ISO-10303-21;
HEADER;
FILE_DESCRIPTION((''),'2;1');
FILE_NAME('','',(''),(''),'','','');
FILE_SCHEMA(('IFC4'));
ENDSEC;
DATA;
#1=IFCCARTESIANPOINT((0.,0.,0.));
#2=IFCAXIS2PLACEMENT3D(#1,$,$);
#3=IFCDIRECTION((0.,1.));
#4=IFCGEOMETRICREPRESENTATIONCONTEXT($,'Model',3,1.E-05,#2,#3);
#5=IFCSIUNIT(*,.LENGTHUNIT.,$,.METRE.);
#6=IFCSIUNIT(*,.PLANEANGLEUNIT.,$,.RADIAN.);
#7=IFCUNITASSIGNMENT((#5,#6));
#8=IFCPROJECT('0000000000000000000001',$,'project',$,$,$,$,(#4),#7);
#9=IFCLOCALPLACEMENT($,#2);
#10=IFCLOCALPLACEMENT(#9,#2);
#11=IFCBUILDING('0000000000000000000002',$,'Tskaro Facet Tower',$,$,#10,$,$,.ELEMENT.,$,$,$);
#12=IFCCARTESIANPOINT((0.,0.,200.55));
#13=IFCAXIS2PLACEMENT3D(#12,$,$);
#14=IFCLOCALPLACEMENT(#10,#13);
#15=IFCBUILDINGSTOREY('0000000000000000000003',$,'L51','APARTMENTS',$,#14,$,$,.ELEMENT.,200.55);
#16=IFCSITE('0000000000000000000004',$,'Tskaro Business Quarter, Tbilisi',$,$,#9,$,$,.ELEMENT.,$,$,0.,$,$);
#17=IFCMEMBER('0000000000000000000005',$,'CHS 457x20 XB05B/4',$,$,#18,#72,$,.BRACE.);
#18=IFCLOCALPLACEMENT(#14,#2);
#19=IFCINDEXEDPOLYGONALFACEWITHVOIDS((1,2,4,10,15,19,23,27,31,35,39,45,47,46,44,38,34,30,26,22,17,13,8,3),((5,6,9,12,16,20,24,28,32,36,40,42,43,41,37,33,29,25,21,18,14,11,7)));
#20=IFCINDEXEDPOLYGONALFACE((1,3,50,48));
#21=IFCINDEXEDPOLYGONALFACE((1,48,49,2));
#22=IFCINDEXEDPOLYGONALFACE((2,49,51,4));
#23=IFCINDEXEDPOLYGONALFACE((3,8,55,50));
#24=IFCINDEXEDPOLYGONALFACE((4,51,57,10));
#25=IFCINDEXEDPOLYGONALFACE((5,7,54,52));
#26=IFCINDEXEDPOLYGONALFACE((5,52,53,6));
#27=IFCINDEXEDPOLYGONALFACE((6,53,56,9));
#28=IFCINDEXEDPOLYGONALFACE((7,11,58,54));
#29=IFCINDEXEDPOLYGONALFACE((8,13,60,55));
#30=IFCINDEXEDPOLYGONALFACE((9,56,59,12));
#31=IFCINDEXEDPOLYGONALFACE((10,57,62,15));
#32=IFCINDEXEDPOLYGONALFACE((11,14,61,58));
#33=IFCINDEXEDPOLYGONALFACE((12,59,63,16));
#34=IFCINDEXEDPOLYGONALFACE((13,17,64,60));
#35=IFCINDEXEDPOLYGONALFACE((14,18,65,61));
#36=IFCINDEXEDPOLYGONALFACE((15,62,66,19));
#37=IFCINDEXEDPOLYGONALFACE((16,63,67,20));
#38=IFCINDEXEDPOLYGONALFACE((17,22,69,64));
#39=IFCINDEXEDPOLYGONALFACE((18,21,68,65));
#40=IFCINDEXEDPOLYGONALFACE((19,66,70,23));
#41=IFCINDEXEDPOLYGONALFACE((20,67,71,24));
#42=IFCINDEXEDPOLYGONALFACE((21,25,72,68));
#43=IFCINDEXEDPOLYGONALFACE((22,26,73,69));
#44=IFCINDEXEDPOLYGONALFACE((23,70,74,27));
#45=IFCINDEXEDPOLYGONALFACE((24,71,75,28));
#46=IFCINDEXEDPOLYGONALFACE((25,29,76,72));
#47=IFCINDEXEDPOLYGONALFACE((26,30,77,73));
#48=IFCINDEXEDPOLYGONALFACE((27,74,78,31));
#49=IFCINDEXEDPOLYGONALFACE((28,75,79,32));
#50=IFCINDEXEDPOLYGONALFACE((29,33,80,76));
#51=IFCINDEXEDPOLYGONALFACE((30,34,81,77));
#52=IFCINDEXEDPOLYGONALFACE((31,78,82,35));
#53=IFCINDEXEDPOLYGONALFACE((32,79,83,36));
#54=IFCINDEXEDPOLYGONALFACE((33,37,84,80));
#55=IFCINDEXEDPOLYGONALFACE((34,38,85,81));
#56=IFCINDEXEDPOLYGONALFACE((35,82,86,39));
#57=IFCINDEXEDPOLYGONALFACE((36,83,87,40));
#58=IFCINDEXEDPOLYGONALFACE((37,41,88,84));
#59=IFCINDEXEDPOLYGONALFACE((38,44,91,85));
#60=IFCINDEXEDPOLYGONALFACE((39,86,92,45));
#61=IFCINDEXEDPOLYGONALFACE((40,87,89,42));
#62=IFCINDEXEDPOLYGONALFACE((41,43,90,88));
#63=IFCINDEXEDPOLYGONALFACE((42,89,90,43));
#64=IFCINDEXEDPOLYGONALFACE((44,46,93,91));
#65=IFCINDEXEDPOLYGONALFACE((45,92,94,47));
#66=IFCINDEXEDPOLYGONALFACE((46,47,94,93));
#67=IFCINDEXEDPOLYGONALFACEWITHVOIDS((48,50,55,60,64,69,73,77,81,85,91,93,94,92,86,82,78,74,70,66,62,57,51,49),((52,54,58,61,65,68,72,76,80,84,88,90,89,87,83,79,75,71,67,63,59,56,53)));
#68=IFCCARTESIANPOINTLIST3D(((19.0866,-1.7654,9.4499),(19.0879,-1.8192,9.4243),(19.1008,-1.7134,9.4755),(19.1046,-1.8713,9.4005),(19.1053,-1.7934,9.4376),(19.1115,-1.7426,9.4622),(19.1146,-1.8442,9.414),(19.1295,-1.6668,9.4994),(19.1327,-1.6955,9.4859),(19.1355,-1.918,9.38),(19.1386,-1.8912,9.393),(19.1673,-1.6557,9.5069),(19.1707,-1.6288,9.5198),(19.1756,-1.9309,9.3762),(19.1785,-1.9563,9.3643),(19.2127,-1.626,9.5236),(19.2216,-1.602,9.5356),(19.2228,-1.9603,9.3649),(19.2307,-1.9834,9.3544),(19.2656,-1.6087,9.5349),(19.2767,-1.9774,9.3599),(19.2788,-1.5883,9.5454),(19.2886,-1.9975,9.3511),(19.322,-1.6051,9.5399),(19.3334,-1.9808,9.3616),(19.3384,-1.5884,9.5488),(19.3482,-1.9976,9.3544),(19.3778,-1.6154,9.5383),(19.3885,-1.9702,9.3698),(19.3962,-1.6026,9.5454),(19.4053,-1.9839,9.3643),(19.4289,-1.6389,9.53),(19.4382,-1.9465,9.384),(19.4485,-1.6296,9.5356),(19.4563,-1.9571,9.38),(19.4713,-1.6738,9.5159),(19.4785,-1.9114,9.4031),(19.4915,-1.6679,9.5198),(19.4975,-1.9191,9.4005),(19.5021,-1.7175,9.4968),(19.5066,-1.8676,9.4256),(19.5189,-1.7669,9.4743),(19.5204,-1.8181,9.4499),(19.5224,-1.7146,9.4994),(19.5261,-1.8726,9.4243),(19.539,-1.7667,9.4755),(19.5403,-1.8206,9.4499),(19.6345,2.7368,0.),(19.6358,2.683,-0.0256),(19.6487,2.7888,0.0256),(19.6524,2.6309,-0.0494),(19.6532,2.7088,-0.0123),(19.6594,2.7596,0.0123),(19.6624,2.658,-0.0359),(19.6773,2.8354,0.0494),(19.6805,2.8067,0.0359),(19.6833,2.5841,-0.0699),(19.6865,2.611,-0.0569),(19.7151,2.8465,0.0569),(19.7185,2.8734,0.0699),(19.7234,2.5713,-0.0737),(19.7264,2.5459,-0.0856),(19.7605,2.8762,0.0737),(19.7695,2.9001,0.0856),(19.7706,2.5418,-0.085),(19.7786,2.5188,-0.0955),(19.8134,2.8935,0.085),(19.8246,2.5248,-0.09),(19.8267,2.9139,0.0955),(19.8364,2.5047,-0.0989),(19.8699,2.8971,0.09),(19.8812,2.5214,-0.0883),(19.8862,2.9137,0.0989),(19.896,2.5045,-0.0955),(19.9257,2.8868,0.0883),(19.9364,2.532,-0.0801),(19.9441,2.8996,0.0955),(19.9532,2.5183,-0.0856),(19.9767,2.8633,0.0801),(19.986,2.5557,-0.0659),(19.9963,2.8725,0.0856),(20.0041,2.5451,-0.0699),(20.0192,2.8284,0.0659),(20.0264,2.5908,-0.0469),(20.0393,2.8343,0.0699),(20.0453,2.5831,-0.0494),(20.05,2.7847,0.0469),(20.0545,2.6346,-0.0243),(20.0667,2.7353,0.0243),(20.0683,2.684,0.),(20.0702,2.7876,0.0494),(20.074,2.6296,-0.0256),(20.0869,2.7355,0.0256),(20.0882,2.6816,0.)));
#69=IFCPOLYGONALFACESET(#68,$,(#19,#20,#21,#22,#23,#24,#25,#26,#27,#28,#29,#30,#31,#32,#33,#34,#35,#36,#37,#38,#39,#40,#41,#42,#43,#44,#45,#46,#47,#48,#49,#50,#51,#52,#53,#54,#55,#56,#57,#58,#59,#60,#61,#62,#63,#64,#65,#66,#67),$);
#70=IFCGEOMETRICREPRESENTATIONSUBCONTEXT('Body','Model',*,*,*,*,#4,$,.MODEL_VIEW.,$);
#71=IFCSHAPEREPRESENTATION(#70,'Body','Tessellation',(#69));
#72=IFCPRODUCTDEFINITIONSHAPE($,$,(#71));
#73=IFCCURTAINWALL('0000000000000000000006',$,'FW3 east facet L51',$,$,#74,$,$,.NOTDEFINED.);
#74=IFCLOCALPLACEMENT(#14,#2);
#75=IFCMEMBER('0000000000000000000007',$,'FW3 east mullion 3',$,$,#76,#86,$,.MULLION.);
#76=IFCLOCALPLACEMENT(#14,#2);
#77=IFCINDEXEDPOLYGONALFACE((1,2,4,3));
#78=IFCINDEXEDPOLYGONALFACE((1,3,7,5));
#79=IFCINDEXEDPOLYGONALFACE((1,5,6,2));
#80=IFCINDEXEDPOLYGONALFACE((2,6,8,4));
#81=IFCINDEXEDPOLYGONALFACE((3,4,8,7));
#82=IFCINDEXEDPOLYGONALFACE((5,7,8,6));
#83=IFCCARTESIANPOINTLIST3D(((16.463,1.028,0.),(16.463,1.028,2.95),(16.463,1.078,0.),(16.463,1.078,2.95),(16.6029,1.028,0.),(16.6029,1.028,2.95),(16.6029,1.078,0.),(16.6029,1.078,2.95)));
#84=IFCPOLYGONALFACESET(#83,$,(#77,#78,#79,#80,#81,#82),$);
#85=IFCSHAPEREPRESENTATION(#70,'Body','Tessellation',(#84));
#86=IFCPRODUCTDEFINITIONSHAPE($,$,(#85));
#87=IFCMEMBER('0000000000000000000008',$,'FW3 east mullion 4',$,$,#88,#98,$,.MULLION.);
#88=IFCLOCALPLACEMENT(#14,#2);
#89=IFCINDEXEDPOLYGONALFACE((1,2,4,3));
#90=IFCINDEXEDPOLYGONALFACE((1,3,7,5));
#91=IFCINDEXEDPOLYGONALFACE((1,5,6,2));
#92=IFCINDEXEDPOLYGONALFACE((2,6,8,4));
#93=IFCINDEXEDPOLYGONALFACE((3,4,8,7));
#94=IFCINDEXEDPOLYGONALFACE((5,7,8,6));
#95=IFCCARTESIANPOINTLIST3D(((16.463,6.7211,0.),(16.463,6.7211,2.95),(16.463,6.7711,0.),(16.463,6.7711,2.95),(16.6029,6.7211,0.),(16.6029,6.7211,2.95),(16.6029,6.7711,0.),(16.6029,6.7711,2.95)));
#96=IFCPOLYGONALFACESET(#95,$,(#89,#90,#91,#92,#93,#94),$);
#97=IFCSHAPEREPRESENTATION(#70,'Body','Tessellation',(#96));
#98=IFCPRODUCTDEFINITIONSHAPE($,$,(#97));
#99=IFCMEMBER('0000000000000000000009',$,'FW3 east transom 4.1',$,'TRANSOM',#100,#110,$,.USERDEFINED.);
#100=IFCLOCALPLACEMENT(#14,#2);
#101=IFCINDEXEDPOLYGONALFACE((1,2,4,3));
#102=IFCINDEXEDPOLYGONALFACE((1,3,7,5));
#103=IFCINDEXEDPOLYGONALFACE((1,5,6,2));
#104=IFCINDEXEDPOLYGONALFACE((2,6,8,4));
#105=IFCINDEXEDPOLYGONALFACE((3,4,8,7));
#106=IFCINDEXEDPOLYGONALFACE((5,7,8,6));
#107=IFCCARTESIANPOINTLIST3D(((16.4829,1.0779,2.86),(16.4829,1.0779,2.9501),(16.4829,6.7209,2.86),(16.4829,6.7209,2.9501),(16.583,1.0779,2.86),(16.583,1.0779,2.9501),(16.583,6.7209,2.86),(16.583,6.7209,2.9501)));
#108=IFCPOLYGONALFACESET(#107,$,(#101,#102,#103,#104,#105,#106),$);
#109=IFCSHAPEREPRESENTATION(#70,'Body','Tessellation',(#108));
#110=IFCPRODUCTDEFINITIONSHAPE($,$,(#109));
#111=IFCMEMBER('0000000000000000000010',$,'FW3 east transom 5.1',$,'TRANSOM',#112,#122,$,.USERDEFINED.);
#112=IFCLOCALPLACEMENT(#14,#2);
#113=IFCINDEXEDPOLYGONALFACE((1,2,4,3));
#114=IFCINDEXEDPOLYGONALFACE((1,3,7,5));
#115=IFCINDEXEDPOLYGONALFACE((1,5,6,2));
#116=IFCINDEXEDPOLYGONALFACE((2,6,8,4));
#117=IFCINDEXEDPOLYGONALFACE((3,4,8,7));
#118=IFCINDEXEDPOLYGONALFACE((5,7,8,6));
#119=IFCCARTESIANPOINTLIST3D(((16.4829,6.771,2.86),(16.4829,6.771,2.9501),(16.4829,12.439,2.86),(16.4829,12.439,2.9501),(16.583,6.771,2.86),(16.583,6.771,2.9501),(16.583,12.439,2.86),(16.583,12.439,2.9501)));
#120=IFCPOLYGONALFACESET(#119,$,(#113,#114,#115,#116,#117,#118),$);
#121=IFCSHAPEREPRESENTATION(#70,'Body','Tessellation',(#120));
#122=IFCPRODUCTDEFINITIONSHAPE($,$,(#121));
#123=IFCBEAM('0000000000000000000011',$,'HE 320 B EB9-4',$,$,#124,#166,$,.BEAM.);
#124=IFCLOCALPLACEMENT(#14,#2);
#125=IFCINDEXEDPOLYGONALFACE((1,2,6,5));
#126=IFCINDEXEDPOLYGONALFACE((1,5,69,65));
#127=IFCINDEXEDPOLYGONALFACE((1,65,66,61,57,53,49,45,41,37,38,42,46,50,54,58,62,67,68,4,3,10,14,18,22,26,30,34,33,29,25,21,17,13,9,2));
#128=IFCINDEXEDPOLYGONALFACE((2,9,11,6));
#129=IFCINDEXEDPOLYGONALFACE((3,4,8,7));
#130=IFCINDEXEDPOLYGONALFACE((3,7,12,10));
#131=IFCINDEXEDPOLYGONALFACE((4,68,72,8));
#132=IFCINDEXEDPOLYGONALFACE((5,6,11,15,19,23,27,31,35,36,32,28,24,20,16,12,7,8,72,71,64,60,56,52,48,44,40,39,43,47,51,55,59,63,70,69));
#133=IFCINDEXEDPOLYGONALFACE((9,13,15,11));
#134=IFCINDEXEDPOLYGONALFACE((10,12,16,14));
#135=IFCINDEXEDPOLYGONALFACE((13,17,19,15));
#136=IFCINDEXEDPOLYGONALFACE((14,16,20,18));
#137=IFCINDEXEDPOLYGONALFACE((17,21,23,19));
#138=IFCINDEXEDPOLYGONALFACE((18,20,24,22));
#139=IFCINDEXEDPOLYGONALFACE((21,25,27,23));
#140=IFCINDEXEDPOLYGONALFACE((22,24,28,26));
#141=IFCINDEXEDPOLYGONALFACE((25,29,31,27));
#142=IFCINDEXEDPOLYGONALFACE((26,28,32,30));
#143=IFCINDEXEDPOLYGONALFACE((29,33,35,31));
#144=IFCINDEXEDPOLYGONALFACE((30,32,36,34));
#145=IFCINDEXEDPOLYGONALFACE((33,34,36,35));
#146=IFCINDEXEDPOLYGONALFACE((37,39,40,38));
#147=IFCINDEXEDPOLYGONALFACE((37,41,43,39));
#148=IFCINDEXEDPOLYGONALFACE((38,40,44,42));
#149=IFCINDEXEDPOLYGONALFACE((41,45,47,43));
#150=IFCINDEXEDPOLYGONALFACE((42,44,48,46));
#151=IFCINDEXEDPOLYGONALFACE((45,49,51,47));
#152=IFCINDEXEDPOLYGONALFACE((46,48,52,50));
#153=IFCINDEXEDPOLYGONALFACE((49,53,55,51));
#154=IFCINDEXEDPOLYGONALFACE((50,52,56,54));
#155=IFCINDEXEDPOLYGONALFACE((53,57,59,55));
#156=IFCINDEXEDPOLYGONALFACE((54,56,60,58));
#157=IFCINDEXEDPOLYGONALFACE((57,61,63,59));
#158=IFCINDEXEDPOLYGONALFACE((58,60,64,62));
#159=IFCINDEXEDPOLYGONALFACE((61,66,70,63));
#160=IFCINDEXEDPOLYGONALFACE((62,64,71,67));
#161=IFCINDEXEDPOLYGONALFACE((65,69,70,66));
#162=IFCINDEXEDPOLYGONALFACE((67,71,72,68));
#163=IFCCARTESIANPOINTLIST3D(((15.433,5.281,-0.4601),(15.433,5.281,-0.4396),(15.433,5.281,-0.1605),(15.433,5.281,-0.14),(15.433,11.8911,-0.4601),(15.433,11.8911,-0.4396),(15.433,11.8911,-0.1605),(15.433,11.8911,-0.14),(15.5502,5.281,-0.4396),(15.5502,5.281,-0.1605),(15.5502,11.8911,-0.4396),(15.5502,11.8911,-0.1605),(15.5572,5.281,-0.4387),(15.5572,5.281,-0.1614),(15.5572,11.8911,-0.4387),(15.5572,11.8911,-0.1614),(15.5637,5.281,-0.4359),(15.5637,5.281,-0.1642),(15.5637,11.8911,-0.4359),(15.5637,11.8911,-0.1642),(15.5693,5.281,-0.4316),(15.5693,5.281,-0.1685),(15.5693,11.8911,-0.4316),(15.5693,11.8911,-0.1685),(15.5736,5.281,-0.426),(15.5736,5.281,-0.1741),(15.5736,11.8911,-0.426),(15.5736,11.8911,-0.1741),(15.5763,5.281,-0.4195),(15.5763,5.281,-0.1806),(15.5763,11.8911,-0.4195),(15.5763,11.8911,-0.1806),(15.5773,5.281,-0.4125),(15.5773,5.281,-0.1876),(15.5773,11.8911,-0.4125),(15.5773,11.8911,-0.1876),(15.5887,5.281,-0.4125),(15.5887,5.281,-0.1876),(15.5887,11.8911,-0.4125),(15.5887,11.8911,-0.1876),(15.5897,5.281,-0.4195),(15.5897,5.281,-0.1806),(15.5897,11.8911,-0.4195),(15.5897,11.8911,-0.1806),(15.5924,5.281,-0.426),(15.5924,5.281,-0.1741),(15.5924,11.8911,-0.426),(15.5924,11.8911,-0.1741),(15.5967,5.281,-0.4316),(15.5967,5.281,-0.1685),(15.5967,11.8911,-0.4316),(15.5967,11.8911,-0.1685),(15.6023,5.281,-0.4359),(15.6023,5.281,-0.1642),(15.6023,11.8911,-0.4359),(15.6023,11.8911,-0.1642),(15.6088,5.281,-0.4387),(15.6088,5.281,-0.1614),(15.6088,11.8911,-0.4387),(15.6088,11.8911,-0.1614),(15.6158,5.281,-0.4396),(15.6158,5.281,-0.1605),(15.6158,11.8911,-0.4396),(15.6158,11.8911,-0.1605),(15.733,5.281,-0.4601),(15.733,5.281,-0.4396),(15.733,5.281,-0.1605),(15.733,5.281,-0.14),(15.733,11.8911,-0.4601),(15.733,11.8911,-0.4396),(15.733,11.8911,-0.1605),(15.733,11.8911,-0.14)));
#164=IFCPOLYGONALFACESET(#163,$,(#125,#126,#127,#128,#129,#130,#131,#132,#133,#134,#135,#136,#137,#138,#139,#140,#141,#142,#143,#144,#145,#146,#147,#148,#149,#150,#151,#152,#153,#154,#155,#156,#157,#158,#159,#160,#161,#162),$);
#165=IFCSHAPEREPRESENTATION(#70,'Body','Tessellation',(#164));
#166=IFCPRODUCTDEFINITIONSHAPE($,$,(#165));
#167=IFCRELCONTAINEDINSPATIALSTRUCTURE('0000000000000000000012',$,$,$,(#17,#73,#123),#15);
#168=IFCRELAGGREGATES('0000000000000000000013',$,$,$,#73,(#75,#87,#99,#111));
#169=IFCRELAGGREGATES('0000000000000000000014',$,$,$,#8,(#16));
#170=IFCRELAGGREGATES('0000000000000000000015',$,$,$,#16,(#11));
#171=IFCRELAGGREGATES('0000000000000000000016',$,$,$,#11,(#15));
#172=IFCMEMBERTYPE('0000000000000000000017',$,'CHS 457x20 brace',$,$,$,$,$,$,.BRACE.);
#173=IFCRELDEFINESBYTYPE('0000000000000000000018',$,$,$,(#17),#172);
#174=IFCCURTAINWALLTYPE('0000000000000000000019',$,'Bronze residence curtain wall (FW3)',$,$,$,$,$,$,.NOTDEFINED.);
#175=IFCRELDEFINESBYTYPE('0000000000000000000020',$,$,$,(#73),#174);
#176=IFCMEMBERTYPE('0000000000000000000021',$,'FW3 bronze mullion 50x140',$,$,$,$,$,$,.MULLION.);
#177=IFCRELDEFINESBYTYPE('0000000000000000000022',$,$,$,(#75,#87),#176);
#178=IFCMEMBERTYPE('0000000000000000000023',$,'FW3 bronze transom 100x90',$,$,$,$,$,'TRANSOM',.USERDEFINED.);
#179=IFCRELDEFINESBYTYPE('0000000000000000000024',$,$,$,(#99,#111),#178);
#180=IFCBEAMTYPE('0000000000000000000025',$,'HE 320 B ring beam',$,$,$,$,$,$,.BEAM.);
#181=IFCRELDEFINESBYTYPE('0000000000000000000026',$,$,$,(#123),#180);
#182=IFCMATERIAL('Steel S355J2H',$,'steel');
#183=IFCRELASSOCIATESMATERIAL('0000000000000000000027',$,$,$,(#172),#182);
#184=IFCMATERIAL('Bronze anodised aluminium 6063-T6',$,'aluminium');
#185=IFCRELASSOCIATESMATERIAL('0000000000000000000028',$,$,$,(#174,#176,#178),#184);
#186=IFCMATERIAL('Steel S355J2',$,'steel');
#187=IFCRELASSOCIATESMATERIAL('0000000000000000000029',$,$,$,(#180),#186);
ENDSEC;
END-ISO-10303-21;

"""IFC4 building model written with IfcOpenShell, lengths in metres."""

from ifc_helpers import new_model, si_unit, direction, frame, origin, origin_2d, place, context, subcontext, project, spatial, rectangle, hollow_circle, i_section, extrude, material, material_profile, profile_set, type_object, element, aggregate, save


model = new_model("IFC4")

# Units and contexts
model_context = context("Model", 3, precision=1e-05, world=origin(), true_north=direction((0.0, 1.0)))
body_context = subcontext(model_context, "Body", "Model", "MODEL_VIEW")
ifc_project = project(units=[si_unit("LENGTHUNIT", "METRE"), si_unit("PLANEANGLEUNIT", "RADIAN")], contexts=[model_context])

# Site, building, storey
site_placement = place(None, origin())
site = spatial("IfcSite", under=ifc_project, at=site_placement, Name="Tskaro Business Quarter, Tbilisi", CompositionType="ELEMENT", RefElevation=0.0)
building_placement = place(site_placement, origin())
building = spatial("IfcBuilding", under=site, at=building_placement, Name="Tskaro Facet Tower", CompositionType="ELEMENT")
storey_placement = place(building_placement, frame((0.0, 0.0, 200.55)))
storey = spatial("IfcBuildingStorey", under=building, at=storey_placement, Name="L51", Description="APARTMENTS", CompositionType="ELEMENT", Elevation=200.55)

# Shared definitions
ifc_material_1 = material(Name="Steel S355J2H", Category="steel")

# Member
ifc_material_profile_1 = material_profile(ifc_material_1, hollow_circle(Radius=0.2285, WallThickness=0.02, at=origin_2d()), Name="CHS 457x20")
ifc_profile_set_1 = profile_set([ifc_material_profile_1], Name="Steel S355J2H")
member_type_1 = type_object("IfcMemberType", Name="CHS 457x20 brace", PredefinedType="BRACE", material=ifc_profile_set_1)
member_1_placement = place(storey_placement, frame((19.8613, 2.7092, 0.0), z_axis=(-0.052266, -0.429519, 0.901544), x_axis=(0.992678, -0.120794, 0.0)))
element("IfcMember", 1, at=member_1_placement, inside=storey, type_object=member_type_1, Name="CHS 457x20 XB05B/4", PredefinedType="BRACE", context=body_context, shape_type="SweptSolid", body=[
    extrude(hollow_circle(Radius=0.2285, WallThickness=0.02, at=origin_2d()), origin(), (0.0, 0.0, 1.0), 10.4819),
])

# Curtain wall, members
ifc_material_2 = material(Name="Bronze anodised aluminium 6063-T6", Category="aluminium")
curtain_wall_type = type_object("IfcCurtainWallType", Name="Bronze residence curtain wall (FW3)", PredefinedType="NOTDEFINED", material=ifc_material_2)
curtain_wall_placement = place(storey_placement, origin())
curtain_wall = element("IfcCurtainWall", 2, at=curtain_wall_placement, inside=storey, type_object=curtain_wall_type, Name="FW3 east facet L51", PredefinedType="NOTDEFINED")
ifc_material_profile_2 = material_profile(ifc_material_2, rectangle(XDim=0.05, YDim=0.1399, at=origin_2d()), Name="Mullion 50x140")
ifc_profile_set_2 = profile_set([ifc_material_profile_2], Name="Bronze anodised aluminium 6063-T6")
member_type_2 = type_object("IfcMemberType", Name="FW3 bronze mullion 50x140", PredefinedType="MULLION", material=ifc_profile_set_2)
member_2_placement = place(storey_placement, frame((16.533, 1.053, 0.0), z_axis=(0.0, 0.0, 1.0), x_axis=(0.0, 1.0, 0.0)))
member_2 = element("IfcMember", 3, at=member_2_placement, type_object=member_type_2, Name="FW3 east mullion 3", PredefinedType="MULLION", context=body_context, shape_type="SweptSolid", body=[
    extrude(rectangle(XDim=0.05, YDim=0.1399, at=origin_2d()), origin(), (0.0, 0.0, 1.0), 2.95),
])
member_3_placement = place(storey_placement, frame((16.533, 6.7461, 0.0), z_axis=(0.0, 0.0, 1.0), x_axis=(0.0, 1.0, 0.0)))
member_3 = element("IfcMember", 4, at=member_3_placement, type_object=member_type_2, Name="FW3 east mullion 4", PredefinedType="MULLION", context=body_context, shape_type="SweptSolid", body=[
    extrude(rectangle(XDim=0.05, YDim=0.1399, at=origin_2d()), origin(), (0.0, 0.0, 1.0), 2.95),
])
ifc_material_profile_3 = material_profile(ifc_material_2, rectangle(XDim=0.1001, YDim=0.0901, at=origin_2d()), Name="Transom 100x90")
ifc_profile_set_3 = profile_set([ifc_material_profile_3], Name="Bronze anodised aluminium 6063-T6")
member_type_3 = type_object("IfcMemberType", Name="FW3 bronze transom 100x90", ElementType="TRANSOM", PredefinedType="USERDEFINED", material=ifc_profile_set_3)
member_4_placement = place(storey_placement, frame((16.533, 1.0779, 2.905), z_axis=(0.0, 1.0, 0.0), x_axis=(-1.0, 0.0, 0.0)))
member_4 = element("IfcMember", 5, at=member_4_placement, type_object=member_type_3, Name="FW3 east transom 4.1", ObjectType="TRANSOM", PredefinedType="USERDEFINED", context=body_context, shape_type="SweptSolid", body=[
    extrude(rectangle(XDim=0.1001, YDim=0.0901, at=origin_2d()), origin(), (0.0, 0.0, 1.0), 5.6431),
])
member_5_placement = place(storey_placement, frame((16.533, 6.771, 2.905), z_axis=(0.0, 1.0, 0.0), x_axis=(-1.0, 0.0, 0.0)))
member_5 = element("IfcMember", 6, at=member_5_placement, type_object=member_type_3, Name="FW3 east transom 5.1", ObjectType="TRANSOM", PredefinedType="USERDEFINED", context=body_context, shape_type="SweptSolid", body=[
    extrude(rectangle(XDim=0.1001, YDim=0.0901, at=origin_2d()), origin(), (0.0, 0.0, 1.0), 5.668),
])

# Beam
ifc_material_3 = material(Name="Steel S355J2", Category="steel")
ifc_material_profile_4 = material_profile(ifc_material_3, i_section(OverallWidth=0.3, OverallDepth=0.3201, WebThickness=0.0115, FlangeThickness=0.0205, FilletRadius=0.0271, at=origin_2d()), Name="HE 320 B")
ifc_profile_set_4 = profile_set([ifc_material_profile_4], Name="Steel S355J2")
beam_type_1 = type_object("IfcBeamType", Name="HE 320 B ring beam", PredefinedType="BEAM", material=ifc_profile_set_4)
beam_1_placement = place(storey_placement, frame((15.583, 5.281, -0.3), z_axis=(0.0, 1.0, 0.0), x_axis=(-1.0, 0.0, 0.0)))
element("IfcBeam", 7, at=beam_1_placement, inside=storey, type_object=beam_type_1, Name="HE 320 B EB9-4", PredefinedType="BEAM", context=body_context, shape_type="SweptSolid", body=[
    extrude(i_section(OverallWidth=0.3, OverallDepth=0.3201, WebThickness=0.0115, FlangeThickness=0.0205, FilletRadius=0.0271, at=origin_2d()), origin(), (0.0, 0.0, 1.0), 6.6101),
])

aggregate(curtain_wall, [member_2, member_3, member_4, member_5])

save(model, "model.ifc")
